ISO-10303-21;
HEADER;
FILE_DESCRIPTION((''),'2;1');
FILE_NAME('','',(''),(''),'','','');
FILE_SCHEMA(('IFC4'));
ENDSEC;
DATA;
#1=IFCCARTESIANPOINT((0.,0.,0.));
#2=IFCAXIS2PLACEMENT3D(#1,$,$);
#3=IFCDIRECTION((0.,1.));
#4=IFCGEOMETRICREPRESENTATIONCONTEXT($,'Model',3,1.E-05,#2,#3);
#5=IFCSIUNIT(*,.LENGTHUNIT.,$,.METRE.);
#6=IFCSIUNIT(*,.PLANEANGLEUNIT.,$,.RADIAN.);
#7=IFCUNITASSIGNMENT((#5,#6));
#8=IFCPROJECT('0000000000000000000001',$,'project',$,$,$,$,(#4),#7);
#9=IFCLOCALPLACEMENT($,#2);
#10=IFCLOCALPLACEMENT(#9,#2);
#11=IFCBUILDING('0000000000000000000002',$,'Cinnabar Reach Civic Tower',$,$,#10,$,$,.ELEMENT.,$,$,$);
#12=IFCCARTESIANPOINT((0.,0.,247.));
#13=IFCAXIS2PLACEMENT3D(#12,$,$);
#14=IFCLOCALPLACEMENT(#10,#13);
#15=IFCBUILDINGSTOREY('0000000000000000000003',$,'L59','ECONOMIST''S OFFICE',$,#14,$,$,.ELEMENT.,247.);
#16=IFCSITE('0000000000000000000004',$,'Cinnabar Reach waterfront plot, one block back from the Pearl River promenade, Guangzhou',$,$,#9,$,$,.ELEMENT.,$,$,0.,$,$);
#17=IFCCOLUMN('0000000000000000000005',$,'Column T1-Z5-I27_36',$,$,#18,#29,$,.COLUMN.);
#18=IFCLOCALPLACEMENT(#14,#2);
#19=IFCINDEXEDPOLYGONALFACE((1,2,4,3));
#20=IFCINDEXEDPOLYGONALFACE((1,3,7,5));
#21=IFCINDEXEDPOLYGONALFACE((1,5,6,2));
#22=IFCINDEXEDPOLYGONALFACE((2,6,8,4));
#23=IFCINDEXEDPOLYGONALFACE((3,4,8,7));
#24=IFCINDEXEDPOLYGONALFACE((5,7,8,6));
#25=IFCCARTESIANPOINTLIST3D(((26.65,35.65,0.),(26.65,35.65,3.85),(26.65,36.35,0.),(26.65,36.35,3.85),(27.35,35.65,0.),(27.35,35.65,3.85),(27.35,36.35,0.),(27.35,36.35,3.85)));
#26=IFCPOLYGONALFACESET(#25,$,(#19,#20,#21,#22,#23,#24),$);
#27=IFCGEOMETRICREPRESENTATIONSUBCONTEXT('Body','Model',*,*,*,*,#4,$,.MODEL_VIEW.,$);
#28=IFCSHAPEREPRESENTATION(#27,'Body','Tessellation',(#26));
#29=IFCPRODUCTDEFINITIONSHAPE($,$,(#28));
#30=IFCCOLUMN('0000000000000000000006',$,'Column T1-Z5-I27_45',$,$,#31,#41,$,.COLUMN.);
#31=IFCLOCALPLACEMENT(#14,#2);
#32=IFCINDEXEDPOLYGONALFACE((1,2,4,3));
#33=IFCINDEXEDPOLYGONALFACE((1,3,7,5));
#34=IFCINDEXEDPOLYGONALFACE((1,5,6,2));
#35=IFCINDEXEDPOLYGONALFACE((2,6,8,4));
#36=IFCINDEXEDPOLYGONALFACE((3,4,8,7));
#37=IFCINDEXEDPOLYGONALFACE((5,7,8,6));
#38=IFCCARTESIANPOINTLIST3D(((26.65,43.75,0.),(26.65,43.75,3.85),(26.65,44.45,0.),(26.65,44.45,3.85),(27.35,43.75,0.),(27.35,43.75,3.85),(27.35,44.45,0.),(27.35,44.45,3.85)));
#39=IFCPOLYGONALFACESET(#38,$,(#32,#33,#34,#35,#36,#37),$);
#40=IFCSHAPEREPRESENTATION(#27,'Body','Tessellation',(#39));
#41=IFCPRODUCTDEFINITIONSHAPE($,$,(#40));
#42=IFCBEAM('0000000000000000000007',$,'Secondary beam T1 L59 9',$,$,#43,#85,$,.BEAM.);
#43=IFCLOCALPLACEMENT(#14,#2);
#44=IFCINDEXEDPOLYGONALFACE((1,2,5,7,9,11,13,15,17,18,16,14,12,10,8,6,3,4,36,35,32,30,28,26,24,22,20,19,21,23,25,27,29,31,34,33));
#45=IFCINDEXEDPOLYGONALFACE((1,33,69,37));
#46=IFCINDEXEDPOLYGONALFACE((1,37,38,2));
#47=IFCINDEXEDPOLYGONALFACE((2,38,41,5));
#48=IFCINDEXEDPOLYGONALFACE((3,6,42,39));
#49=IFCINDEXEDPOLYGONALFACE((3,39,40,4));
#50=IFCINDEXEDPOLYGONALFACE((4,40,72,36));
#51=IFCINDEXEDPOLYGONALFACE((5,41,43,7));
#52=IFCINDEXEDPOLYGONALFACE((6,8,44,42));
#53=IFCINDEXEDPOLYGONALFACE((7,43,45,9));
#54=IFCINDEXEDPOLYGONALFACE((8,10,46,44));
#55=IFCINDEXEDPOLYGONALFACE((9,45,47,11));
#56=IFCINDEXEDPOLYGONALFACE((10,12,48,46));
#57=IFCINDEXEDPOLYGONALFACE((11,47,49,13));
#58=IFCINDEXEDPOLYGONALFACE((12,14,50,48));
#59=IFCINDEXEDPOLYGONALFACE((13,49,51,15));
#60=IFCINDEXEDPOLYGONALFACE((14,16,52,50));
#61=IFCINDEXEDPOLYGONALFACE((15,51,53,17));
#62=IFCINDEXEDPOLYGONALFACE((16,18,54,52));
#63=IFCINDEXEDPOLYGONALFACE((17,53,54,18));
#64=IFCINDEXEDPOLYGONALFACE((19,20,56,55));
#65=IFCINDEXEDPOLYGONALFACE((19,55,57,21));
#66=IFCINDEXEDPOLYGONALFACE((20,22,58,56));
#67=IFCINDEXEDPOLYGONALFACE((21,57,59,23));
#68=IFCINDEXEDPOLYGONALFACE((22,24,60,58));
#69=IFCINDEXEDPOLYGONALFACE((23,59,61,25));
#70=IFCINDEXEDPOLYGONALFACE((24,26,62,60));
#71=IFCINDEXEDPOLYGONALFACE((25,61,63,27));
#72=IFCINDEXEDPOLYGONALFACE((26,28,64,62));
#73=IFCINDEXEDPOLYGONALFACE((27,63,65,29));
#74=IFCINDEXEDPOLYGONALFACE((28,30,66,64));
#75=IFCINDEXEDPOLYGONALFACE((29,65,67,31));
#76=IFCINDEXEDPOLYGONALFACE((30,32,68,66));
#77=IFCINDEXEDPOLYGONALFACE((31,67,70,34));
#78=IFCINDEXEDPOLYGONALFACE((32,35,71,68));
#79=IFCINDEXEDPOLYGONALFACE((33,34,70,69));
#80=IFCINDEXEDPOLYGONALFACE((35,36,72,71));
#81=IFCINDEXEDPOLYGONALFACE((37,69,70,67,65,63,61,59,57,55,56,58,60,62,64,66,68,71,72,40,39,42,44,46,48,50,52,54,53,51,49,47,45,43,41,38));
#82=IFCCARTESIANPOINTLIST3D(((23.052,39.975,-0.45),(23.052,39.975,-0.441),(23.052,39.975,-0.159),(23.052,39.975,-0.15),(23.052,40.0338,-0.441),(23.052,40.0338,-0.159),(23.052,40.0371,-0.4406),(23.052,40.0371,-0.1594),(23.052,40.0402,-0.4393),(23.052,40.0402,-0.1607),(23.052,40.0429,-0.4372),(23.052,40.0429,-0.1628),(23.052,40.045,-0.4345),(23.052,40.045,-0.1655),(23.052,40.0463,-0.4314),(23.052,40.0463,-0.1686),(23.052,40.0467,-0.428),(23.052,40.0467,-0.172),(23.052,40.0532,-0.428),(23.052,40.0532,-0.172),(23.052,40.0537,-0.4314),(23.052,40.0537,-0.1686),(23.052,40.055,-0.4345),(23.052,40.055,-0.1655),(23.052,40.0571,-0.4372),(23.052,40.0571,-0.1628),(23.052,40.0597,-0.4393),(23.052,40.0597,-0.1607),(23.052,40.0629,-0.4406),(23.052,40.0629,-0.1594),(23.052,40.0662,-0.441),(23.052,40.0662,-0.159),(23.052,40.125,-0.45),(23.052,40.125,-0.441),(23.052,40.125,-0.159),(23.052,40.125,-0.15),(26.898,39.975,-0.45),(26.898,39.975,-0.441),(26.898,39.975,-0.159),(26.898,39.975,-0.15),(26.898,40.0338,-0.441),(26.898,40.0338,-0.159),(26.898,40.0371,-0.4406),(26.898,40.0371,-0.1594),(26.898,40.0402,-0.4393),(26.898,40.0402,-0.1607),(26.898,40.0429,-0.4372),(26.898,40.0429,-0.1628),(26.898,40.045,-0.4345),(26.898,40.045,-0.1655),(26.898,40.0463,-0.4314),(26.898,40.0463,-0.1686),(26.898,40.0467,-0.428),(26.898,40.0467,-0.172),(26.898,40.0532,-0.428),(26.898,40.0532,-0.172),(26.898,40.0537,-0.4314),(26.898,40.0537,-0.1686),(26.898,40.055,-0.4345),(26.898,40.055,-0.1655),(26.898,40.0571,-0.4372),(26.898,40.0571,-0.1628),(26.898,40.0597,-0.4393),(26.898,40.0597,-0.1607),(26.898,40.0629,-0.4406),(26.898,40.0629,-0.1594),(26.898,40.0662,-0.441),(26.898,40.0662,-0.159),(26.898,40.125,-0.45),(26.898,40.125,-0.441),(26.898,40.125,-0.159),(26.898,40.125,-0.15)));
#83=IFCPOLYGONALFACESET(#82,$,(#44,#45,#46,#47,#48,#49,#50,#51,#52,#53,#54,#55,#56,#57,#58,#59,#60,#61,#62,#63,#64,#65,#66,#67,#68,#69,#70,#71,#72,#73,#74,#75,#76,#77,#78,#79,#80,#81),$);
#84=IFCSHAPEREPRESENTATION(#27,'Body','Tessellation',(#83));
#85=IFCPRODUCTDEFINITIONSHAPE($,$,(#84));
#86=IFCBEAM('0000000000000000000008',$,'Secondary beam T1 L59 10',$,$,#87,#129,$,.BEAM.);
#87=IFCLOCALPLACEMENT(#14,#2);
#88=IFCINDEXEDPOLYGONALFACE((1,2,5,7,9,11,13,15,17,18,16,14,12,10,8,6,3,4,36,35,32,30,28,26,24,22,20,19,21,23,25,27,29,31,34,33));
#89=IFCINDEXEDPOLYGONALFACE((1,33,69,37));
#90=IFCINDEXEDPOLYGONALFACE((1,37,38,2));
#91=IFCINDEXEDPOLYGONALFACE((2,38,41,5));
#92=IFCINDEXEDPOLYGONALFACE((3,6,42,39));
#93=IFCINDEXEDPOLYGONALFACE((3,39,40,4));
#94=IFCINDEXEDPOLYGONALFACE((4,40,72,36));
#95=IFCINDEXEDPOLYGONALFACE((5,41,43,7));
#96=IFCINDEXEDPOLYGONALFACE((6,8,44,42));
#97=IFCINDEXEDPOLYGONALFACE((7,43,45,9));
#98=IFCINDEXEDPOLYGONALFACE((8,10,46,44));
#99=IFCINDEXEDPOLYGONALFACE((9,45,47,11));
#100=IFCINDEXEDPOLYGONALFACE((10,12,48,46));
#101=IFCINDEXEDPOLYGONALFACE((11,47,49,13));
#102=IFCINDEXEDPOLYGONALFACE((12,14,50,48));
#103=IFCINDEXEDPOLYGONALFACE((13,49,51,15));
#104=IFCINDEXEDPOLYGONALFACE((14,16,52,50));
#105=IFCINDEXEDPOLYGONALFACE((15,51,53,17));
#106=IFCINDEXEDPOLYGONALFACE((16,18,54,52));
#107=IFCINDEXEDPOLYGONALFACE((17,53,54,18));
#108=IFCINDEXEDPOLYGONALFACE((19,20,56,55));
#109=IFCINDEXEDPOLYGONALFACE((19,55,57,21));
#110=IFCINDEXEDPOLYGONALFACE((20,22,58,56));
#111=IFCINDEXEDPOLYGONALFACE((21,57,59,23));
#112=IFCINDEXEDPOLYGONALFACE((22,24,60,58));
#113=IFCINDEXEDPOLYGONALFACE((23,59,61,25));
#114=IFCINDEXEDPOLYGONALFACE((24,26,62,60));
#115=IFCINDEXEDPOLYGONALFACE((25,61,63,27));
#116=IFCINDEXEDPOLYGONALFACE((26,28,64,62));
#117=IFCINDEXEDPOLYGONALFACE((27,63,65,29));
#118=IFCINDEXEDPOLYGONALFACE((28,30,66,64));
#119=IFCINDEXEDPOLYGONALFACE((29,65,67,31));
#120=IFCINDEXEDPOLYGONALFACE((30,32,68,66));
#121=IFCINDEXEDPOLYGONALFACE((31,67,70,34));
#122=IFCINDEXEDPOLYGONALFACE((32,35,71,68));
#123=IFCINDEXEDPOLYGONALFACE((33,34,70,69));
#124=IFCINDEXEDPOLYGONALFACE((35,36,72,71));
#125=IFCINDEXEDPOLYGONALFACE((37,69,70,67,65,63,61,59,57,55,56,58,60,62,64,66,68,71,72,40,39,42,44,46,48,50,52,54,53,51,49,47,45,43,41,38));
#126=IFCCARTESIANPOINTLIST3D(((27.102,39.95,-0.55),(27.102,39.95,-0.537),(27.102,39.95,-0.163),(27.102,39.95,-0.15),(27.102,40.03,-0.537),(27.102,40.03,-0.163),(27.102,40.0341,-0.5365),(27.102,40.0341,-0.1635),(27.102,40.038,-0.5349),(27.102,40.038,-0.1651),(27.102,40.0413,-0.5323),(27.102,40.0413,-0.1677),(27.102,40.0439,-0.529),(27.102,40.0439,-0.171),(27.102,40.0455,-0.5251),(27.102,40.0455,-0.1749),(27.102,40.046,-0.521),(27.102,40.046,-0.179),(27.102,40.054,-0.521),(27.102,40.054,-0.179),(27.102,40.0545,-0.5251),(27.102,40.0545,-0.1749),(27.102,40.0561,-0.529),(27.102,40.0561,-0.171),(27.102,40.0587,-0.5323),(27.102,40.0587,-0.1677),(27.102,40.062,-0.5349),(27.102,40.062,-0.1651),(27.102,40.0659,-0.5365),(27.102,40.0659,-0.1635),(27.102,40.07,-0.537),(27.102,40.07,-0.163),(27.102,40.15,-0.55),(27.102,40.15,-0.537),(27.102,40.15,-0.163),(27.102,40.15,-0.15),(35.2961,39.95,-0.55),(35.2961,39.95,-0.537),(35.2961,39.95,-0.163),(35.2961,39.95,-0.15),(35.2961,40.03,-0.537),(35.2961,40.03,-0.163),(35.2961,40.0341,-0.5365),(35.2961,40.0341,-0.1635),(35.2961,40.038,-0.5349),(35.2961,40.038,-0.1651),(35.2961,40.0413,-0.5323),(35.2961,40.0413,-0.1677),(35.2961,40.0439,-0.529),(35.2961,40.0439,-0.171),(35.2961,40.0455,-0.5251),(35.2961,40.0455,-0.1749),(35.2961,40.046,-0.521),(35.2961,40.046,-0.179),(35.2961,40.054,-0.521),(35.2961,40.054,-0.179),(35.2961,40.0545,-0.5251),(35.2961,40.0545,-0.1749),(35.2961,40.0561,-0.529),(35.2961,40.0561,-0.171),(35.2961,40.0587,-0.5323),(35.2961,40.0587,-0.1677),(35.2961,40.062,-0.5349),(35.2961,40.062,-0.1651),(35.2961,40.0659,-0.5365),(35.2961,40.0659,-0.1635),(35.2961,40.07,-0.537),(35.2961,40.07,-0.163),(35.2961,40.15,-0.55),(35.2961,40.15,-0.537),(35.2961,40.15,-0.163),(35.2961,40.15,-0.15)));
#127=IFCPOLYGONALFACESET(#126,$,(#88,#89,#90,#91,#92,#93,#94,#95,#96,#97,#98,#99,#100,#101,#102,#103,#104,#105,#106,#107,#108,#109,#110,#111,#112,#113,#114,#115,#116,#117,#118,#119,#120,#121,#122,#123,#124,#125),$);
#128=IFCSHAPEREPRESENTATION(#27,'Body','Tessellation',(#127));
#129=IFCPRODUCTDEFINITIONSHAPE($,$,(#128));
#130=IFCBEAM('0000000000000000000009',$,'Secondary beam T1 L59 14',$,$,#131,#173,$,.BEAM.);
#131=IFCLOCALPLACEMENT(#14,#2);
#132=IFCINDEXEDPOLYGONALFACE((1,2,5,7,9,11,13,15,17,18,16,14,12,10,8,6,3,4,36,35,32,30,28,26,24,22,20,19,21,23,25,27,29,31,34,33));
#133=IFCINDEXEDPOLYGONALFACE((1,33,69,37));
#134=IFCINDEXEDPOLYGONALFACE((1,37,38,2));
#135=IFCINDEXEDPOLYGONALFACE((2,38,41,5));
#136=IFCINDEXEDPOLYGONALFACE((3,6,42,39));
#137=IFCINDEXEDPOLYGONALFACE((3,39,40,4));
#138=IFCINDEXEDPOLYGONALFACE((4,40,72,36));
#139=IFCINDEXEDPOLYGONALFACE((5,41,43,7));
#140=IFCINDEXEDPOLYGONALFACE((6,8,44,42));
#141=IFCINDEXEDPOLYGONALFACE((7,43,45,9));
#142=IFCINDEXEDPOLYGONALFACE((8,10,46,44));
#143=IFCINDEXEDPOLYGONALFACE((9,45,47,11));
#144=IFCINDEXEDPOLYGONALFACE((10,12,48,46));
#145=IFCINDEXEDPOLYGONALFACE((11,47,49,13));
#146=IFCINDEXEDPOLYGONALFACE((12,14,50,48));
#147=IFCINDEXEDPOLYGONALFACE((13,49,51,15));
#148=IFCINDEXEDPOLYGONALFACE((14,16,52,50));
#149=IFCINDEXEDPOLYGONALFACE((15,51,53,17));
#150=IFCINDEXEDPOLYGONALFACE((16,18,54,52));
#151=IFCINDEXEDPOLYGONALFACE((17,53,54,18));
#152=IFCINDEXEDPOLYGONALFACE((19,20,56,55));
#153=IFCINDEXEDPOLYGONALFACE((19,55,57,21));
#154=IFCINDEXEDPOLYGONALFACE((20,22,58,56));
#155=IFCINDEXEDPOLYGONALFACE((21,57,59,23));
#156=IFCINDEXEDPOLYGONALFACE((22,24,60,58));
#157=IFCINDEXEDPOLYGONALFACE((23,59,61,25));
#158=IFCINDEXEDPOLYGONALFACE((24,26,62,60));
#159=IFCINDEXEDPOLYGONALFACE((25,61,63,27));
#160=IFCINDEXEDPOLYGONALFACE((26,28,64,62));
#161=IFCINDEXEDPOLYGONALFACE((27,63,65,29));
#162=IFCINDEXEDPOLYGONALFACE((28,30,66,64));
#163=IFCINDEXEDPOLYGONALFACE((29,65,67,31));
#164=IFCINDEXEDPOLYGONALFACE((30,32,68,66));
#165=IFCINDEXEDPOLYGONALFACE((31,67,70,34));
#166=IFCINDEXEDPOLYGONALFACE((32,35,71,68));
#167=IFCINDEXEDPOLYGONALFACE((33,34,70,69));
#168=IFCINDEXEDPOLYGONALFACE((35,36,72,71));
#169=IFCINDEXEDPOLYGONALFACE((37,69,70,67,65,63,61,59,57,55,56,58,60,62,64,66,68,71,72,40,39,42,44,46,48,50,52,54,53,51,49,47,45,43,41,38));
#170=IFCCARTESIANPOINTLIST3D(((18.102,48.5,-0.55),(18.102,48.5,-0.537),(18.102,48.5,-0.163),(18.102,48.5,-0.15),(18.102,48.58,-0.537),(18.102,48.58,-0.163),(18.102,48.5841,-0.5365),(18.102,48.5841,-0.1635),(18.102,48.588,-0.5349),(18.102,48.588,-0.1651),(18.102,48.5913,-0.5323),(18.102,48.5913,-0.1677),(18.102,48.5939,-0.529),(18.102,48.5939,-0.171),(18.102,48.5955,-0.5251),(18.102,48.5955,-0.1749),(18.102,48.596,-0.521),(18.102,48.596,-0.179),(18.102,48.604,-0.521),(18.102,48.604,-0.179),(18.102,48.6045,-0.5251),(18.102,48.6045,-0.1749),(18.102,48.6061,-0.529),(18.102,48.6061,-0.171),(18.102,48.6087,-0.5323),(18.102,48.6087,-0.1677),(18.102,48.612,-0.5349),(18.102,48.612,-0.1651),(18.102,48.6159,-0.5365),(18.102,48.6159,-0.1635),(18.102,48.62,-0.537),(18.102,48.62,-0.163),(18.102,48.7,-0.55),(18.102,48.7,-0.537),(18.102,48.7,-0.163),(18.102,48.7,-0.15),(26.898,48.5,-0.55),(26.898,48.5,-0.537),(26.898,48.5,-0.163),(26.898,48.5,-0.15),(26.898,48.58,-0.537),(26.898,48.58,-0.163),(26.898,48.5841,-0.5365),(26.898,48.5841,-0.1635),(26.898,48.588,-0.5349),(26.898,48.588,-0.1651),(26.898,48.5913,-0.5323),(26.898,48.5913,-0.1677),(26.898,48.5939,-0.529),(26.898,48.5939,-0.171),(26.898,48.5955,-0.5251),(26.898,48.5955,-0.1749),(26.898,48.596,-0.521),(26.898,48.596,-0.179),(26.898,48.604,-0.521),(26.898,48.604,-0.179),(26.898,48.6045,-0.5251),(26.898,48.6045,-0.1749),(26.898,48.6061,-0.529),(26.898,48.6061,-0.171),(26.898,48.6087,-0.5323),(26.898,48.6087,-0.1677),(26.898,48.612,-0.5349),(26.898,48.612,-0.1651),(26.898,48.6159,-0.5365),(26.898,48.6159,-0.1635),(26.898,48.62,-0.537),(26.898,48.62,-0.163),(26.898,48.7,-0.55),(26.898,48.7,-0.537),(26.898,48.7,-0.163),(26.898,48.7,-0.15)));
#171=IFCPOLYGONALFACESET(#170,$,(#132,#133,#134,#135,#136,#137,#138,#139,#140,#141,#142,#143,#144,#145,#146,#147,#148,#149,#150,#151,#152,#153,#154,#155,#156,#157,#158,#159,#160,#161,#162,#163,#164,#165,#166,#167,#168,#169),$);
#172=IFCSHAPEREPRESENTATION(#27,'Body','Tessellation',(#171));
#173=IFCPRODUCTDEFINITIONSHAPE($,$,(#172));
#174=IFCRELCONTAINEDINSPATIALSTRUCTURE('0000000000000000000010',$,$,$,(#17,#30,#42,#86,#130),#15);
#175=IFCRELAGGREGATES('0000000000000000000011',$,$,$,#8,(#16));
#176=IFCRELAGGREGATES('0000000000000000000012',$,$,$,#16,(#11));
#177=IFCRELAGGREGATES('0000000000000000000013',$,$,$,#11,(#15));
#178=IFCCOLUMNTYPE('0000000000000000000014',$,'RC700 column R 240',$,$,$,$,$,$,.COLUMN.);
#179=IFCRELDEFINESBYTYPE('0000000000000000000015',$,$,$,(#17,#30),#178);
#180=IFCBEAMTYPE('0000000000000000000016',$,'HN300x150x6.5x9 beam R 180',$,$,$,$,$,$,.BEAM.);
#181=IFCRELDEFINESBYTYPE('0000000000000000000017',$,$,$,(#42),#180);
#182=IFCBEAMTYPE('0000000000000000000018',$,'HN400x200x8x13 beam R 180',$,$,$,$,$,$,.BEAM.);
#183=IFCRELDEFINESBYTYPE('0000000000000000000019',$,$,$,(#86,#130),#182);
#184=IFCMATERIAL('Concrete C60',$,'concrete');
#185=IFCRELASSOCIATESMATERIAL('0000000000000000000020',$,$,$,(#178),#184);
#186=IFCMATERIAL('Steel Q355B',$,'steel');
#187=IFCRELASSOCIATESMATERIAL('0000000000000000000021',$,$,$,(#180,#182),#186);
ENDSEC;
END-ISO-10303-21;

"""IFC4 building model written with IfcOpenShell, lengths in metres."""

from ifc_helpers import new_model, si_unit, direction, frame, origin, origin_2d, place, context, subcontext, project, spatial, rectangle, i_section, extrude, material, material_profile, profile_set, type_object, element, save


model = new_model("IFC4")

# Units and contexts
model_context = context("Model", 3, precision=1e-05, world=origin(), true_north=direction((0.0, 1.0)))
body_context = subcontext(model_context, "Body", "Model", "MODEL_VIEW")
ifc_project = project(units=[si_unit("LENGTHUNIT", "METRE"), si_unit("PLANEANGLEUNIT", "RADIAN")], contexts=[model_context])

# Site, building, storey
site_placement = place(None, origin())
site = spatial("IfcSite", under=ifc_project, at=site_placement, Name="Cinnabar Reach waterfront plot, one block back from the Pearl River promenade, Guangzhou", CompositionType="ELEMENT", RefElevation=0.0)
building_placement = place(site_placement, origin())
building = spatial("IfcBuilding", under=site, at=building_placement, Name="Cinnabar Reach Civic Tower", CompositionType="ELEMENT")
storey_placement = place(building_placement, frame((0.0, 0.0, 247.0)))
storey = spatial("IfcBuildingStorey", under=building, at=storey_placement, Name="L59", Description="ECONOMIST'S OFFICE", CompositionType="ELEMENT", Elevation=247.0)

# Columns
ifc_material_1 = material(Name="Concrete C60", Category="concrete")
ifc_material_profile_1 = material_profile(ifc_material_1, rectangle(XDim=0.7, YDim=0.7, at=origin_2d()), Name="RC700")
ifc_profile_set_1 = profile_set([ifc_material_profile_1], Name="Concrete C60")
column_type = type_object("IfcColumnType", Name="RC700 column R 240", PredefinedType="COLUMN", material=ifc_profile_set_1)
for number, where, z_axis, x_axis, name in (
    (1, (27.0, 36.0, 0.0), (0.0, 0.0, 1.0), (1.0, 0.0, 0.0), "Column T1-Z5-I27_36"),
    (2, (27.0, 44.1, 0.0), (0.0, 0.0, 1.0), (1.0, 0.0, 0.0), "Column T1-Z5-I27_45"),
):
    element("IfcColumn", number, at=place(storey_placement, frame(where, z_axis=z_axis, x_axis=x_axis)), inside=storey, type_object=column_type, Name=name, PredefinedType="COLUMN", context=body_context, shape_type="SweptSolid", body=[
        extrude(rectangle(XDim=0.7, YDim=0.7, at=origin_2d()), origin(), (0.0, 0.0, 1.0), 3.85),
    ])

# Beams
ifc_material_2 = material(Name="Steel Q355B", Category="steel")
ifc_material_profile_2 = material_profile(ifc_material_2, i_section(OverallWidth=0.15, OverallDepth=0.3, WebThickness=0.0065, FlangeThickness=0.009, FilletRadius=0.013, at=origin_2d()), Name="HN300x150x6.5x9")
ifc_profile_set_2 = profile_set([ifc_material_profile_2], Name="Steel Q355B")
beam_type_1 = type_object("IfcBeamType", Name="HN300x150x6.5x9 beam R 180", PredefinedType="BEAM", material=ifc_profile_set_2)
beam_1_placement = place(storey_placement, frame((23.052, 40.05, -0.3), z_axis=(1.0, 0.0, 0.0), x_axis=(0.0, 1.0, 0.0)))
element("IfcBeam", 3, at=beam_1_placement, inside=storey, type_object=beam_type_1, Name="Secondary beam T1 L59 9", PredefinedType="BEAM", context=body_context, shape_type="SweptSolid", body=[
    extrude(i_section(OverallWidth=0.15, OverallDepth=0.3, WebThickness=0.0065, FlangeThickness=0.009, FilletRadius=0.013, at=origin_2d()), origin(), (0.0, 0.0, 1.0), 3.846),
])
ifc_material_profile_3 = material_profile(ifc_material_2, i_section(OverallWidth=0.2, OverallDepth=0.4, WebThickness=0.008, FlangeThickness=0.013, FilletRadius=0.016, at=origin_2d()), Name="HN400x200x8x13")
ifc_profile_set_3 = profile_set([ifc_material_profile_3], Name="Steel Q355B")
beam_type_2 = type_object("IfcBeamType", Name="HN400x200x8x13 beam R 180", PredefinedType="BEAM", material=ifc_profile_set_3)
beam_2_placement = place(storey_placement, frame((27.102, 40.05, -0.35), z_axis=(1.0, 0.0, 0.0), x_axis=(0.0, 1.0, 0.0)))
element("IfcBeam", 4, at=beam_2_placement, inside=storey, type_object=beam_type_2, Name="Secondary beam T1 L59 10", PredefinedType="BEAM", context=body_context, shape_type="SweptSolid", body=[
    extrude(i_section(OverallWidth=0.2, OverallDepth=0.4, WebThickness=0.008, FlangeThickness=0.013, FilletRadius=0.016, at=origin_2d()), origin(), (0.0, 0.0, 1.0), 8.1941),
])
beam_3_placement = place(storey_placement, frame((18.102, 48.6, -0.35), z_axis=(1.0, 0.0, 0.0), x_axis=(0.0, 1.0, 0.0)))
element("IfcBeam", 5, at=beam_3_placement, inside=storey, type_object=beam_type_2, Name="Secondary beam T1 L59 14", PredefinedType="BEAM", context=body_context, shape_type="SweptSolid", body=[
    extrude(i_section(OverallWidth=0.2, OverallDepth=0.4, WebThickness=0.008, FlangeThickness=0.013, FilletRadius=0.016, at=origin_2d()), origin(), (0.0, 0.0, 1.0), 8.796),
])

save(model, "model.ifc")
